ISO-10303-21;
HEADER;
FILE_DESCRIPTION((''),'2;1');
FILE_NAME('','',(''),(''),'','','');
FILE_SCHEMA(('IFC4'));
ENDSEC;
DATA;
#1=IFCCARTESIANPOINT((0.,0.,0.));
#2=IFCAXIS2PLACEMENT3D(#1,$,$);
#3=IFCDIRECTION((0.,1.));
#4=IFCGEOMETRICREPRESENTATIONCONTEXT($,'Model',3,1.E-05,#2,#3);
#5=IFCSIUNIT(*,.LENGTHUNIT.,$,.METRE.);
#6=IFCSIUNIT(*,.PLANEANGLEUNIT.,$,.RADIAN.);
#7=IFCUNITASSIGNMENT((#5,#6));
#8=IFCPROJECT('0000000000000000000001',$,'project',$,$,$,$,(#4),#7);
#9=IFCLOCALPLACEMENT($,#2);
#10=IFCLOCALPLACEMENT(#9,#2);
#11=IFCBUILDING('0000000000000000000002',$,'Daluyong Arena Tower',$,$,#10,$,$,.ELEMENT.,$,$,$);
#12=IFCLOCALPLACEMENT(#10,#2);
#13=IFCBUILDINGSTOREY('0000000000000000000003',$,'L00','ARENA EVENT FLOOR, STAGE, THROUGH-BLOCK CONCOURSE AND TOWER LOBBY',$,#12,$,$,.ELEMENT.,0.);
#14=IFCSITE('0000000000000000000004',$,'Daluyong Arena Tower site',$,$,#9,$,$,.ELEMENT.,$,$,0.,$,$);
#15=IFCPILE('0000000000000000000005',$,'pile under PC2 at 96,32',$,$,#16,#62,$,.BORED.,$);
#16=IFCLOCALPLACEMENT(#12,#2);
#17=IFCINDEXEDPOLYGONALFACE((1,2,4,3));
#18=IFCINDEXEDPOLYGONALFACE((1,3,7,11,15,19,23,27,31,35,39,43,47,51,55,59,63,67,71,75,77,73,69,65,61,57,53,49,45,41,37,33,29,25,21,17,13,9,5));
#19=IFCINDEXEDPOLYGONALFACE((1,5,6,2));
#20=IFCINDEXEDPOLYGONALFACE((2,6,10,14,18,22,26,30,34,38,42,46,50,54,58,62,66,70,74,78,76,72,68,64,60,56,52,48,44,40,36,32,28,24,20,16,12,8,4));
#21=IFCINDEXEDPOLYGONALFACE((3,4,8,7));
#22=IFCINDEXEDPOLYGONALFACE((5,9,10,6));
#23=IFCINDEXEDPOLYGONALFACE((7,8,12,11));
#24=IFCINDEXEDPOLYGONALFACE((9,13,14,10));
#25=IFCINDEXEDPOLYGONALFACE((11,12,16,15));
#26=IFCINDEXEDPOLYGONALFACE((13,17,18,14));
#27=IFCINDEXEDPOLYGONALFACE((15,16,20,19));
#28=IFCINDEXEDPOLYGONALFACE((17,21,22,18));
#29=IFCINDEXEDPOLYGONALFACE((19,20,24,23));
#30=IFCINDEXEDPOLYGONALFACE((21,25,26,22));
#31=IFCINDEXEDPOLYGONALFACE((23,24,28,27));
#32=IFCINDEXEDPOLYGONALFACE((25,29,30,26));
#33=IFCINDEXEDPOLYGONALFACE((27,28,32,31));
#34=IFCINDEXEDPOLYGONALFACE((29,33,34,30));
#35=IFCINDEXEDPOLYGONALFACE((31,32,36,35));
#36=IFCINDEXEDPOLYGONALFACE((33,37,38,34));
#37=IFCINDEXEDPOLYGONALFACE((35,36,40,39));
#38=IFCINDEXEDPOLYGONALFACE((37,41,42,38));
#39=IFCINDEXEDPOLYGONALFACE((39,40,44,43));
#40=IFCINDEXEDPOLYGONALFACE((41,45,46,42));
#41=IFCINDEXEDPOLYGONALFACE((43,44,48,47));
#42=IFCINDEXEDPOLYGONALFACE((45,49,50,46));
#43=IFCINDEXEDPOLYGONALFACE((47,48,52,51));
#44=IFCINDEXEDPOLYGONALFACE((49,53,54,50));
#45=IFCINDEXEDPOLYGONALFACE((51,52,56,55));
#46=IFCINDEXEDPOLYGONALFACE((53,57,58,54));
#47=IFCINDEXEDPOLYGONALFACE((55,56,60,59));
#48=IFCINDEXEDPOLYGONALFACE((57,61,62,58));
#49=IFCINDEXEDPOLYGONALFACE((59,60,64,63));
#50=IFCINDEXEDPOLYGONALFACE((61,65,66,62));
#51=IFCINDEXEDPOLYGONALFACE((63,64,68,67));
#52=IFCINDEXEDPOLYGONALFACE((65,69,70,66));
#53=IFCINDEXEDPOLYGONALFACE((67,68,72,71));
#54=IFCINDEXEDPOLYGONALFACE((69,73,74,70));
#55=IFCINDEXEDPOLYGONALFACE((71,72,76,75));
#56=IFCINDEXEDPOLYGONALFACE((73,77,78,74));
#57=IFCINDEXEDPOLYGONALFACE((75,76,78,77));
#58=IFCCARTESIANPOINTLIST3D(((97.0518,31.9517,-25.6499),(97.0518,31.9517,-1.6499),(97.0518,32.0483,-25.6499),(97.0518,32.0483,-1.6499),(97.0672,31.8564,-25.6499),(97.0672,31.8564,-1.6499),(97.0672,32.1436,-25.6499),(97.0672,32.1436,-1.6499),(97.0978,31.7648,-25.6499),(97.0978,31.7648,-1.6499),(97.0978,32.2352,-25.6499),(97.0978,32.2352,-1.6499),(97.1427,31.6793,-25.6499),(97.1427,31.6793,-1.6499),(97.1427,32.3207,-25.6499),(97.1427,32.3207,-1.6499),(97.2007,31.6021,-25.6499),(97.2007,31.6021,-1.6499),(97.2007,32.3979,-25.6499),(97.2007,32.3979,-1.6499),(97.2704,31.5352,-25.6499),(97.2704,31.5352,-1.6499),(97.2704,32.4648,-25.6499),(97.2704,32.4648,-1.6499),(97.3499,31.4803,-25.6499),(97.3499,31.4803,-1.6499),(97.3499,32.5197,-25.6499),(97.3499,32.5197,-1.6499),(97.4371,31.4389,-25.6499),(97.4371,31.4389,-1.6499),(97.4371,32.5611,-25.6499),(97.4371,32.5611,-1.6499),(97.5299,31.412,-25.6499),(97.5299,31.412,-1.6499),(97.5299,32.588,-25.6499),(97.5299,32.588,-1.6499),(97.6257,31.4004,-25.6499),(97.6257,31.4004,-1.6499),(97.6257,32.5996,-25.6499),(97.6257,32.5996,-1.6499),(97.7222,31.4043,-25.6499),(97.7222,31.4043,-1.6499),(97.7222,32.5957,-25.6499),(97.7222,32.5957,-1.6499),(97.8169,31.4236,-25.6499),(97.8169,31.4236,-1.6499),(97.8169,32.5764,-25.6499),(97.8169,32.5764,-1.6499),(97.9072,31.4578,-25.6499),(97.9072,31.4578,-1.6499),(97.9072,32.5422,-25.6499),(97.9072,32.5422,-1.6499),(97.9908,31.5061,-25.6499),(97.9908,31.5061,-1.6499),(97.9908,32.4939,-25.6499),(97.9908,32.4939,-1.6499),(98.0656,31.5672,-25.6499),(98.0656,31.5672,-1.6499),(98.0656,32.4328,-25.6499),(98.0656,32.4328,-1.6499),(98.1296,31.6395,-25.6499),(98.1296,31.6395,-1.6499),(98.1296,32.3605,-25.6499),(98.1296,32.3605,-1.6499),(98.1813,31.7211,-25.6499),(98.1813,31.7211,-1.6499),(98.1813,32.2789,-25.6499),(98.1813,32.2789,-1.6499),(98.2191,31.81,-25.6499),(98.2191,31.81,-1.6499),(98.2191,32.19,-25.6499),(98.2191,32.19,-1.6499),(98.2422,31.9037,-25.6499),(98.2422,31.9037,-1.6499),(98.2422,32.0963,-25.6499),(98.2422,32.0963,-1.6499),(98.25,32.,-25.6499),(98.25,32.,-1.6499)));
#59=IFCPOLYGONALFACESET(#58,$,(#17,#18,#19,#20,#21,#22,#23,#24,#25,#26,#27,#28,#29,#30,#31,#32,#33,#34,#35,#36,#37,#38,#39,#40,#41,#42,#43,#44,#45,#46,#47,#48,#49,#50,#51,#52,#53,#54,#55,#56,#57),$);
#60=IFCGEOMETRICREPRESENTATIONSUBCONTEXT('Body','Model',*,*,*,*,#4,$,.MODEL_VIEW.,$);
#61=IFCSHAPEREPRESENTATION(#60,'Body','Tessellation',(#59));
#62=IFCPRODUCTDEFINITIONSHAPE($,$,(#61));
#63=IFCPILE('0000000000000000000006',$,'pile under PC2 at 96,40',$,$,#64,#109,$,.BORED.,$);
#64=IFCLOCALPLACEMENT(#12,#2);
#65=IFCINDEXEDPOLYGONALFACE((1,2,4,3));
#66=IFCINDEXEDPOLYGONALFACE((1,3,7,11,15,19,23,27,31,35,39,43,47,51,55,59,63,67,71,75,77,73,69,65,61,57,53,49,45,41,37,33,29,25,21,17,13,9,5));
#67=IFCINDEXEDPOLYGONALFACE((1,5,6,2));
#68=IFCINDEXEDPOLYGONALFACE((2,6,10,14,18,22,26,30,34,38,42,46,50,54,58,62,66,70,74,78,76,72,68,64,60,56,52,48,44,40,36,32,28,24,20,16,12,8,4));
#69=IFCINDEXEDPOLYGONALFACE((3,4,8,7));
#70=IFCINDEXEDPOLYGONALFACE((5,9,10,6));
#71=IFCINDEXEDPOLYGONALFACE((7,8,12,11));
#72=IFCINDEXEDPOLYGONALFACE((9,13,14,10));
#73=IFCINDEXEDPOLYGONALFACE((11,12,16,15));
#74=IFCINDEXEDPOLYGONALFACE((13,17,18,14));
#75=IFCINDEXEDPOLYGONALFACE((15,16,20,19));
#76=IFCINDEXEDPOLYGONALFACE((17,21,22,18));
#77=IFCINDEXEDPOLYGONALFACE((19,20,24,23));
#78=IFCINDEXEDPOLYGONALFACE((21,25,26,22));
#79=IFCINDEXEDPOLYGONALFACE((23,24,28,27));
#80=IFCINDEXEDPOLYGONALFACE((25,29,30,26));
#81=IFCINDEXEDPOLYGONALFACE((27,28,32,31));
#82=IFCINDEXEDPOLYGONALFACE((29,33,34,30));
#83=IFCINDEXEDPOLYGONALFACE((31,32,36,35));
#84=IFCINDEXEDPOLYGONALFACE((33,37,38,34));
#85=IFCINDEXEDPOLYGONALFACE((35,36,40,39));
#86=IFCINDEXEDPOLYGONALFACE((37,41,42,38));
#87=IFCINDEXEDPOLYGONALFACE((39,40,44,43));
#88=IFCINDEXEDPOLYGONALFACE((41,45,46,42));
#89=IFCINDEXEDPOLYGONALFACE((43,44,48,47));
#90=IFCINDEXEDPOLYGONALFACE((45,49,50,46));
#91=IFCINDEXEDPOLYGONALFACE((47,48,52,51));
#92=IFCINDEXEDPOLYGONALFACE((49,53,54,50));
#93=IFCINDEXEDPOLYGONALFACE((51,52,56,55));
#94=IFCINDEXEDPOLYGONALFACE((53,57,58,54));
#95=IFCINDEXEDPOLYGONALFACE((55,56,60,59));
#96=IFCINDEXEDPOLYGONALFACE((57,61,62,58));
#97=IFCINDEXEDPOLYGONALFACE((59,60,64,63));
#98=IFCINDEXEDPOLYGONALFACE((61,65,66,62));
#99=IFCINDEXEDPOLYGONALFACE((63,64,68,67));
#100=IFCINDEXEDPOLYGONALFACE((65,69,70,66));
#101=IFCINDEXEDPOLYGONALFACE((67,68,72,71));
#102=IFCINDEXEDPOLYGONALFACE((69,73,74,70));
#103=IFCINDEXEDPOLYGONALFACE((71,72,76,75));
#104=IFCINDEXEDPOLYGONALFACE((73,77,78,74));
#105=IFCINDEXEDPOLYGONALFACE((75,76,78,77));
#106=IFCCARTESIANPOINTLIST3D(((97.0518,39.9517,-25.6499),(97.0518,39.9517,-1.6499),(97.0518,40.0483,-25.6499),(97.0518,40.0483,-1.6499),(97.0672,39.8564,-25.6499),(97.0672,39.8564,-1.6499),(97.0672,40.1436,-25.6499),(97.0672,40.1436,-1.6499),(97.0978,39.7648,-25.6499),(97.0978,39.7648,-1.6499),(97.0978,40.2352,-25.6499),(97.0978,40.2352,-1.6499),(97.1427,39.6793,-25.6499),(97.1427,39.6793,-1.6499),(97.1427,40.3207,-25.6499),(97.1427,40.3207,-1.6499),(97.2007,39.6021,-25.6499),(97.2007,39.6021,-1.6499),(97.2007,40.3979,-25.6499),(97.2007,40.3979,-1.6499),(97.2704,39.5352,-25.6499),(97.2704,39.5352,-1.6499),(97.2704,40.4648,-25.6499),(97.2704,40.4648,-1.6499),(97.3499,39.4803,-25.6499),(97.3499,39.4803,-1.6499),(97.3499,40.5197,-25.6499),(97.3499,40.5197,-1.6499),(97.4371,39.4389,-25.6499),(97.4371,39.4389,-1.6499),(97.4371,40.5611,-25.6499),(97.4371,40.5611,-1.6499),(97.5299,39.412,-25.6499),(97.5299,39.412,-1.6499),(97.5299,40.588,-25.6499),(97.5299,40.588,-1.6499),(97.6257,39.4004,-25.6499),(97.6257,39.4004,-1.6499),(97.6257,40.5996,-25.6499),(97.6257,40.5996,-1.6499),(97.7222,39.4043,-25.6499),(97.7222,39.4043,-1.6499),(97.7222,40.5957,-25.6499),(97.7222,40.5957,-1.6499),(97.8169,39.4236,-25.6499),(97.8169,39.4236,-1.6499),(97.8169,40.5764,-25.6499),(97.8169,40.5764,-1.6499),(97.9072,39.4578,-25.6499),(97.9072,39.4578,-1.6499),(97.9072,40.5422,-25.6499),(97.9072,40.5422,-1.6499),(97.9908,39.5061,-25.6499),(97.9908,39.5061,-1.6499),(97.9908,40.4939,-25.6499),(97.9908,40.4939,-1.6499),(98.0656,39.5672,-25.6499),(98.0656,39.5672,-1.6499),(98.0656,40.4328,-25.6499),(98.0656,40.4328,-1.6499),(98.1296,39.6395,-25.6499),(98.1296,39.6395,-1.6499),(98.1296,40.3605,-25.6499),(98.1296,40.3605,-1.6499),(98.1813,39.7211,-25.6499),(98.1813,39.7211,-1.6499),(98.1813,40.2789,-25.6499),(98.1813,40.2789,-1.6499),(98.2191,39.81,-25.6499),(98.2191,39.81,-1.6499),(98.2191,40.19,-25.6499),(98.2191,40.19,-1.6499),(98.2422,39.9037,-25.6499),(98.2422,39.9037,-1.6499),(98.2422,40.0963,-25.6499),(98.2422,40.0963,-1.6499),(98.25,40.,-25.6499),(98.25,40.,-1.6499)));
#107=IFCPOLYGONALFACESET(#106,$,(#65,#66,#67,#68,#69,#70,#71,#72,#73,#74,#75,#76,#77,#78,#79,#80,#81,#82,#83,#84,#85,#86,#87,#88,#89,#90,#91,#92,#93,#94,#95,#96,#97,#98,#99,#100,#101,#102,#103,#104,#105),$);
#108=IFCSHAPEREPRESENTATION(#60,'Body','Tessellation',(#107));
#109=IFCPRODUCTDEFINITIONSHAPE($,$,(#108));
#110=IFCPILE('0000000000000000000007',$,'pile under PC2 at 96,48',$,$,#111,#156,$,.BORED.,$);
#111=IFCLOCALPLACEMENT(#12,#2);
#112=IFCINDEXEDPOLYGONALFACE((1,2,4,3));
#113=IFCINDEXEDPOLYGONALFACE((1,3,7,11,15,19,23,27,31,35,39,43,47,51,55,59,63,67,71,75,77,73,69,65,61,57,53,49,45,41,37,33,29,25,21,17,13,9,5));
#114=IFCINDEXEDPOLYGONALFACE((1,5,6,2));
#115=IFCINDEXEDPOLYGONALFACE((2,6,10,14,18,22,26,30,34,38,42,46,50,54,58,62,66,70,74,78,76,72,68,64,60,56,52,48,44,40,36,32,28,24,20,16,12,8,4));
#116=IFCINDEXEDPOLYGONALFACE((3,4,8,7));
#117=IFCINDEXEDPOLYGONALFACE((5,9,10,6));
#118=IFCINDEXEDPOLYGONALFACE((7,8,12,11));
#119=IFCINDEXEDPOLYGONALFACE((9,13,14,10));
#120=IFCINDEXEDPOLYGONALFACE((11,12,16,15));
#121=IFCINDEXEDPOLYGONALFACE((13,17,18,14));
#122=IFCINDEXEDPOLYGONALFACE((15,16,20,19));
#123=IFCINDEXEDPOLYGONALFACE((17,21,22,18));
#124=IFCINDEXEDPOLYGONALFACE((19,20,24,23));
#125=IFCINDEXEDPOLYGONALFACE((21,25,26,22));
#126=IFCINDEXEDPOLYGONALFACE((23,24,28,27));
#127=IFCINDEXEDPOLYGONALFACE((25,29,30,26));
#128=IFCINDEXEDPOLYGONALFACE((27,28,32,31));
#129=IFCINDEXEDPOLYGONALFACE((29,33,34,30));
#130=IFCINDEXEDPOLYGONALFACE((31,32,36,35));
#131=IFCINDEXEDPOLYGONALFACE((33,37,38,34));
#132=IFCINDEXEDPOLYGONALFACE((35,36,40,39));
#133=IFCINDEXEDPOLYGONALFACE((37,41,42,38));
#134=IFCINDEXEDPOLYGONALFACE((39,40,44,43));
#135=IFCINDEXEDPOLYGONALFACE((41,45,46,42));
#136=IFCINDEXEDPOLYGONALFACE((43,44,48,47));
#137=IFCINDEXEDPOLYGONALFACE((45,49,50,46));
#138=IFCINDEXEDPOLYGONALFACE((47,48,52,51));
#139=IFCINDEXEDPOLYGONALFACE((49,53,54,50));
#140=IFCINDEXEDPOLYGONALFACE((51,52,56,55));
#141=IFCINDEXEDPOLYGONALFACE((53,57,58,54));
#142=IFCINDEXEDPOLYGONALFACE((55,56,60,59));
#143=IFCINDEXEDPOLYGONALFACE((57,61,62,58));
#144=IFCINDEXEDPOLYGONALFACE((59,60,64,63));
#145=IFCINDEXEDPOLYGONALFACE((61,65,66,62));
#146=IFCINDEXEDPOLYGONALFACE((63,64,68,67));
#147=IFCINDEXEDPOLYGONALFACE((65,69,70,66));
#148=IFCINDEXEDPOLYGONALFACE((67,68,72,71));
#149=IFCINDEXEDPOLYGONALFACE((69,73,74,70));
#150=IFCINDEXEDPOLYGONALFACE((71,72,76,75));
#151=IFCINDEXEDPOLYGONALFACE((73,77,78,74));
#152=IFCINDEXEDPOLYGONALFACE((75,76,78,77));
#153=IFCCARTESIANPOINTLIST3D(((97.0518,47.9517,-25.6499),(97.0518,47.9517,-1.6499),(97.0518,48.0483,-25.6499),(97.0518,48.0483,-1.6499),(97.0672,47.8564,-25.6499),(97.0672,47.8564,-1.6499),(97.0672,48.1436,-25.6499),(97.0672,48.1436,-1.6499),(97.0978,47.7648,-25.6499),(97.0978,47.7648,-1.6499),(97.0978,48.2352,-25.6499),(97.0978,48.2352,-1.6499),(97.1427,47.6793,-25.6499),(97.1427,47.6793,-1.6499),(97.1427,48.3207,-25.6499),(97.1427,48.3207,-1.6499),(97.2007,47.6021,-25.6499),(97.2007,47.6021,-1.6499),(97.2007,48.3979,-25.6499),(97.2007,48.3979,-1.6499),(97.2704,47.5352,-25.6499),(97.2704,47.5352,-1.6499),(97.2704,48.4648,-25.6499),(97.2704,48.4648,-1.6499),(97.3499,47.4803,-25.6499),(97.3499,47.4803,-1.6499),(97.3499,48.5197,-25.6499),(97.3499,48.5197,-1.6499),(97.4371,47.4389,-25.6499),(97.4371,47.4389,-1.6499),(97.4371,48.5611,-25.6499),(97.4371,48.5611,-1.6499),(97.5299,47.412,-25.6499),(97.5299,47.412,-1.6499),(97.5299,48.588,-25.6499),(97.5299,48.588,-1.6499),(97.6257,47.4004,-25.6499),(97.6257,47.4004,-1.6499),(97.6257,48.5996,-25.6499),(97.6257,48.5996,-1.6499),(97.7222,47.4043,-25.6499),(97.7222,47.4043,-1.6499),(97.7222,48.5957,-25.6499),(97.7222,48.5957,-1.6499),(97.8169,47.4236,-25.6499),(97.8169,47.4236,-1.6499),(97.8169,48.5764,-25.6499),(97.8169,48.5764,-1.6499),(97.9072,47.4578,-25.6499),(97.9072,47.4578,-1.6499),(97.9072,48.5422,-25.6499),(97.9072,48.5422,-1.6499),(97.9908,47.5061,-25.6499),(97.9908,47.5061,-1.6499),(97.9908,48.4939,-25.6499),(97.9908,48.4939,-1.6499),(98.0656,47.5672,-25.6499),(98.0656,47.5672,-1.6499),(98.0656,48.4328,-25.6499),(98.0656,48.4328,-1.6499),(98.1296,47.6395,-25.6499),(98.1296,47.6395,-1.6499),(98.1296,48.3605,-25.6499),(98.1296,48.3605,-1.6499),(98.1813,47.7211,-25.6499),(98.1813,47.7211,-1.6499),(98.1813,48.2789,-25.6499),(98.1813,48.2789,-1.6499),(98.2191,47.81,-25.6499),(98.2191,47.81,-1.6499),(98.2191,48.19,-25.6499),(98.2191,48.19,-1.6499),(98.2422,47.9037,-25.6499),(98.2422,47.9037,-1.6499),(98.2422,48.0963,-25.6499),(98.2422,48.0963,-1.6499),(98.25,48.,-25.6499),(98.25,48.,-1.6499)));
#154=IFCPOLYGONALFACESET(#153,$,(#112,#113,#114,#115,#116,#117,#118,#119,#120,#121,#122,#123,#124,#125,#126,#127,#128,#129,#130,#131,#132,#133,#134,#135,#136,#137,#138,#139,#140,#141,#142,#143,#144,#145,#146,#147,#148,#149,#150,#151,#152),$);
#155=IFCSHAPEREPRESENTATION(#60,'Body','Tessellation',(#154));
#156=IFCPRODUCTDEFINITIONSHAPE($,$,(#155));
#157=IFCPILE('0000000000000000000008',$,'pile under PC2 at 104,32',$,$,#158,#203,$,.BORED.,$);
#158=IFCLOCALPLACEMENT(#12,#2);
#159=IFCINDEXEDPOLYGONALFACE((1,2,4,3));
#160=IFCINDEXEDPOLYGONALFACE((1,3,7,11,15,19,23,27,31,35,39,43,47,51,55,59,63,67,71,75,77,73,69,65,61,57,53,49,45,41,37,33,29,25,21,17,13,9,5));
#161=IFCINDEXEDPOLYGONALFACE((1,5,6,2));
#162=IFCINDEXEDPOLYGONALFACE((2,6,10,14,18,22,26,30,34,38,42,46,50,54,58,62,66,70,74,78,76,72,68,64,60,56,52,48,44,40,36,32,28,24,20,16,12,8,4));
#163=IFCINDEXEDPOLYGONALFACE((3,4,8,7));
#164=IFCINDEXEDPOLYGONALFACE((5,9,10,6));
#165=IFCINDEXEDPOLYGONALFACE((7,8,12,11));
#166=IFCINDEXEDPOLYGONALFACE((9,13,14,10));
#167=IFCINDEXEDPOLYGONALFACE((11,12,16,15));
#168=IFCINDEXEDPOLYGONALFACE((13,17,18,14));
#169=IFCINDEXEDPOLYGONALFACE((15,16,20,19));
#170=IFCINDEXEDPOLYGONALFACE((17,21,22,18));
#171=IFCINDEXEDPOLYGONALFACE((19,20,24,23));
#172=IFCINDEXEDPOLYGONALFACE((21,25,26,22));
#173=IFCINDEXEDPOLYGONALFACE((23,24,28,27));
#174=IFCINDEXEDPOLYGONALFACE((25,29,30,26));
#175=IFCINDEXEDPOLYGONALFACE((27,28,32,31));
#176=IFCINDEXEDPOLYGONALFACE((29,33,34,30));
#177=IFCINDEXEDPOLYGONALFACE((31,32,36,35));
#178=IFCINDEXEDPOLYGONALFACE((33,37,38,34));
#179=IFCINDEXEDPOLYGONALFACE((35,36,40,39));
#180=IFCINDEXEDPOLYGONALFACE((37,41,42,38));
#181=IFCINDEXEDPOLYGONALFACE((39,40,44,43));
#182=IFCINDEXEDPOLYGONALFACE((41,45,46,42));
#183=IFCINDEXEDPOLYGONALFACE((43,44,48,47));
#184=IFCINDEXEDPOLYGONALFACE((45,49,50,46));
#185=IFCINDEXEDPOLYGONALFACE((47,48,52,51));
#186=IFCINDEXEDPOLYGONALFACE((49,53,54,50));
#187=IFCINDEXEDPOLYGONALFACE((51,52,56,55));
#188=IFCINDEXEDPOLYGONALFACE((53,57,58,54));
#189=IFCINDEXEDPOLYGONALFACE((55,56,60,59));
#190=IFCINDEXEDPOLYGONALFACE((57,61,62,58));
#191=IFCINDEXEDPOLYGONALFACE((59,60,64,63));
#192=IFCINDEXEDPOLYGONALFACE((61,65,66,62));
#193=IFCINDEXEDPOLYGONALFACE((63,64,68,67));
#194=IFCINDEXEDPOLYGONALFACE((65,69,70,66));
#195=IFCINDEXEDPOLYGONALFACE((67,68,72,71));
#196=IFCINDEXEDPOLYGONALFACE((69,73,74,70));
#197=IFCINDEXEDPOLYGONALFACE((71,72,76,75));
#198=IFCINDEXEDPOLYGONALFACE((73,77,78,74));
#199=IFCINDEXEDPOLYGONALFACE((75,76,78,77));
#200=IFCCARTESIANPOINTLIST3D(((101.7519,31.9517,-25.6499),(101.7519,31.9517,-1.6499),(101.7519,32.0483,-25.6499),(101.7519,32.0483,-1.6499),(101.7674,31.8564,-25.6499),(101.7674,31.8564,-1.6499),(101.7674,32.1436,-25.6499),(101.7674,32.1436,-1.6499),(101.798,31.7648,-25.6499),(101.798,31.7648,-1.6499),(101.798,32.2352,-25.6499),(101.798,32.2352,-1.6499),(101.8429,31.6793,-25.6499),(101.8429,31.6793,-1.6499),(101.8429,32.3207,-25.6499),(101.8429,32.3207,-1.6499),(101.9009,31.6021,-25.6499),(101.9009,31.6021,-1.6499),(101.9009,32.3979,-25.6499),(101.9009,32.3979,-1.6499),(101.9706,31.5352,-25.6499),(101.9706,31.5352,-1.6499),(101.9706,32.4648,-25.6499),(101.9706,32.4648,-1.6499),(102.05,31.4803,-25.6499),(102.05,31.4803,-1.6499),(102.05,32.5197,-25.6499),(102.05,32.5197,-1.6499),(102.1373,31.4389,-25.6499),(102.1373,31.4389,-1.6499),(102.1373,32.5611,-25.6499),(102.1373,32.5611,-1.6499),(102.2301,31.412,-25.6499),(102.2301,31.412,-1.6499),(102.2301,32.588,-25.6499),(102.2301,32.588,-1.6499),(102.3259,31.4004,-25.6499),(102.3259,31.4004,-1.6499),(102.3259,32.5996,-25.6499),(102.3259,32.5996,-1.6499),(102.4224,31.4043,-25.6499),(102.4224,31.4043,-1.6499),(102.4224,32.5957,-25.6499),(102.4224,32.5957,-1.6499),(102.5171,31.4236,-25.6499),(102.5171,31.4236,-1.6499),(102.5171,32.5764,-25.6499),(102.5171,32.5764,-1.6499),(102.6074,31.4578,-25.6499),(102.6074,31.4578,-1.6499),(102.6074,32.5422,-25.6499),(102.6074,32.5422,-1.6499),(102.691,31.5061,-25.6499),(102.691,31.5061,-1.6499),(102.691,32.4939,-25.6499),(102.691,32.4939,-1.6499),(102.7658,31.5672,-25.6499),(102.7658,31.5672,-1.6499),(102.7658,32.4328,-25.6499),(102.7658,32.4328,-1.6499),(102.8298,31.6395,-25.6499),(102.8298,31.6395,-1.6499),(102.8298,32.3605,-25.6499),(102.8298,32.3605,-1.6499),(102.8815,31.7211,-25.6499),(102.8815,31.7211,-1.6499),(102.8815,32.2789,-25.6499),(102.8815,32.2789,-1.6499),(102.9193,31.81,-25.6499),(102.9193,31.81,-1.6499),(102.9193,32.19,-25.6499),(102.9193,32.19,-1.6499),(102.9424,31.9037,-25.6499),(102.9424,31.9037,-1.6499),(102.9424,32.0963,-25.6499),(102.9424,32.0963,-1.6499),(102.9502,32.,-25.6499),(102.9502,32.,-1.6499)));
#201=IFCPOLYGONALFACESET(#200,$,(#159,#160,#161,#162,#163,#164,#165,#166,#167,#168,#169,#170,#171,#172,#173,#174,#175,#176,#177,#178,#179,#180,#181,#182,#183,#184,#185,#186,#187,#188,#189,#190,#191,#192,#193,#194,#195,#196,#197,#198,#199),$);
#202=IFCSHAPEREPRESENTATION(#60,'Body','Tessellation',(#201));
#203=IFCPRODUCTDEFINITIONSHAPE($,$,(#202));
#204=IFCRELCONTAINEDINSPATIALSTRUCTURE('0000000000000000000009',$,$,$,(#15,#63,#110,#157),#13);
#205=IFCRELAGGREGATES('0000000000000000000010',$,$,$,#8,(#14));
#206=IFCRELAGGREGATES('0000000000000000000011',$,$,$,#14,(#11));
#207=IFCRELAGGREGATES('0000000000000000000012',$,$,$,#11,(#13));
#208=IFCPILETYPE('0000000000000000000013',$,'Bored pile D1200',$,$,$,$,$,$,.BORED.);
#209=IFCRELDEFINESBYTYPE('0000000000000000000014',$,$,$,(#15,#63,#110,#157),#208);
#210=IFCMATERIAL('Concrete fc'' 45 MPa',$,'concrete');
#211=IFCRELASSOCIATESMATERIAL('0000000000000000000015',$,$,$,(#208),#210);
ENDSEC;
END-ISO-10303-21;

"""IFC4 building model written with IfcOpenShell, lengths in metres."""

from ifc_helpers import new_model, si_unit, direction, frame, origin, origin_2d, place, context, subcontext, project, spatial, circle, extrude, material, type_object, element, save


model = new_model("IFC4")

# Units and contexts
model_context = context("Model", 3, precision=1e-05, world=origin(), true_north=direction((0.0, 1.0)))
body_context = subcontext(model_context, "Body", "Model", "MODEL_VIEW")
ifc_project = project(units=[si_unit("LENGTHUNIT", "METRE"), si_unit("PLANEANGLEUNIT", "RADIAN")], contexts=[model_context])

# Site, building, storey
site_placement = place(None, origin())
site = spatial("IfcSite", under=ifc_project, at=site_placement, Name="Daluyong Arena Tower site", CompositionType="ELEMENT", RefElevation=0.0)
building_placement = place(site_placement, origin())
building = spatial("IfcBuilding", under=site, at=building_placement, Name="Daluyong Arena Tower", CompositionType="ELEMENT")
storey_placement = place(building_placement, origin())
storey = spatial("IfcBuildingStorey", under=building, at=storey_placement, Name="L00", Description="ARENA EVENT FLOOR, STAGE, THROUGH-BLOCK CONCOURSE AND TOWER LOBBY", CompositionType="ELEMENT", Elevation=0.0)

# Piles
ifc_material_1 = material(Name="Concrete fc' 45 MPa", Category="concrete")
pile_type = type_object("IfcPileType", Name="Bored pile D1200", PredefinedType="BORED", material=ifc_material_1)
for number, where, z_axis, x_axis, name in (
    (1, (97.6499, 32.0, -1.6499), (0.0, 0.0, -1.0), (1.0, 0.0, 0.0), "pile under PC2 at 96,32"),
    (2, (97.6499, 40.0, -1.6499), (0.0, 0.0, -1.0), (1.0, 0.0, 0.0), "pile under PC2 at 96,40"),
    (3, (97.6499, 48.0, -1.6499), (0.0, 0.0, -1.0), (1.0, 0.0, 0.0), "pile under PC2 at 96,48"),
    (4, (102.3501, 32.0, -1.6499), (0.0, 0.0, -1.0), (1.0, 0.0, 0.0), "pile under PC2 at 104,32"),
):
    element("IfcPile", number, at=place(storey_placement, frame(where, z_axis=z_axis, x_axis=x_axis)), inside=storey, type_object=pile_type, Name=name, PredefinedType="BORED", context=body_context, shape_type="SweptSolid", body=[
        extrude(circle(Radius=0.6001, at=origin_2d()), origin(), (0.0, 0.0, 1.0), 24.0),
    ])

save(model, "model.ifc")
